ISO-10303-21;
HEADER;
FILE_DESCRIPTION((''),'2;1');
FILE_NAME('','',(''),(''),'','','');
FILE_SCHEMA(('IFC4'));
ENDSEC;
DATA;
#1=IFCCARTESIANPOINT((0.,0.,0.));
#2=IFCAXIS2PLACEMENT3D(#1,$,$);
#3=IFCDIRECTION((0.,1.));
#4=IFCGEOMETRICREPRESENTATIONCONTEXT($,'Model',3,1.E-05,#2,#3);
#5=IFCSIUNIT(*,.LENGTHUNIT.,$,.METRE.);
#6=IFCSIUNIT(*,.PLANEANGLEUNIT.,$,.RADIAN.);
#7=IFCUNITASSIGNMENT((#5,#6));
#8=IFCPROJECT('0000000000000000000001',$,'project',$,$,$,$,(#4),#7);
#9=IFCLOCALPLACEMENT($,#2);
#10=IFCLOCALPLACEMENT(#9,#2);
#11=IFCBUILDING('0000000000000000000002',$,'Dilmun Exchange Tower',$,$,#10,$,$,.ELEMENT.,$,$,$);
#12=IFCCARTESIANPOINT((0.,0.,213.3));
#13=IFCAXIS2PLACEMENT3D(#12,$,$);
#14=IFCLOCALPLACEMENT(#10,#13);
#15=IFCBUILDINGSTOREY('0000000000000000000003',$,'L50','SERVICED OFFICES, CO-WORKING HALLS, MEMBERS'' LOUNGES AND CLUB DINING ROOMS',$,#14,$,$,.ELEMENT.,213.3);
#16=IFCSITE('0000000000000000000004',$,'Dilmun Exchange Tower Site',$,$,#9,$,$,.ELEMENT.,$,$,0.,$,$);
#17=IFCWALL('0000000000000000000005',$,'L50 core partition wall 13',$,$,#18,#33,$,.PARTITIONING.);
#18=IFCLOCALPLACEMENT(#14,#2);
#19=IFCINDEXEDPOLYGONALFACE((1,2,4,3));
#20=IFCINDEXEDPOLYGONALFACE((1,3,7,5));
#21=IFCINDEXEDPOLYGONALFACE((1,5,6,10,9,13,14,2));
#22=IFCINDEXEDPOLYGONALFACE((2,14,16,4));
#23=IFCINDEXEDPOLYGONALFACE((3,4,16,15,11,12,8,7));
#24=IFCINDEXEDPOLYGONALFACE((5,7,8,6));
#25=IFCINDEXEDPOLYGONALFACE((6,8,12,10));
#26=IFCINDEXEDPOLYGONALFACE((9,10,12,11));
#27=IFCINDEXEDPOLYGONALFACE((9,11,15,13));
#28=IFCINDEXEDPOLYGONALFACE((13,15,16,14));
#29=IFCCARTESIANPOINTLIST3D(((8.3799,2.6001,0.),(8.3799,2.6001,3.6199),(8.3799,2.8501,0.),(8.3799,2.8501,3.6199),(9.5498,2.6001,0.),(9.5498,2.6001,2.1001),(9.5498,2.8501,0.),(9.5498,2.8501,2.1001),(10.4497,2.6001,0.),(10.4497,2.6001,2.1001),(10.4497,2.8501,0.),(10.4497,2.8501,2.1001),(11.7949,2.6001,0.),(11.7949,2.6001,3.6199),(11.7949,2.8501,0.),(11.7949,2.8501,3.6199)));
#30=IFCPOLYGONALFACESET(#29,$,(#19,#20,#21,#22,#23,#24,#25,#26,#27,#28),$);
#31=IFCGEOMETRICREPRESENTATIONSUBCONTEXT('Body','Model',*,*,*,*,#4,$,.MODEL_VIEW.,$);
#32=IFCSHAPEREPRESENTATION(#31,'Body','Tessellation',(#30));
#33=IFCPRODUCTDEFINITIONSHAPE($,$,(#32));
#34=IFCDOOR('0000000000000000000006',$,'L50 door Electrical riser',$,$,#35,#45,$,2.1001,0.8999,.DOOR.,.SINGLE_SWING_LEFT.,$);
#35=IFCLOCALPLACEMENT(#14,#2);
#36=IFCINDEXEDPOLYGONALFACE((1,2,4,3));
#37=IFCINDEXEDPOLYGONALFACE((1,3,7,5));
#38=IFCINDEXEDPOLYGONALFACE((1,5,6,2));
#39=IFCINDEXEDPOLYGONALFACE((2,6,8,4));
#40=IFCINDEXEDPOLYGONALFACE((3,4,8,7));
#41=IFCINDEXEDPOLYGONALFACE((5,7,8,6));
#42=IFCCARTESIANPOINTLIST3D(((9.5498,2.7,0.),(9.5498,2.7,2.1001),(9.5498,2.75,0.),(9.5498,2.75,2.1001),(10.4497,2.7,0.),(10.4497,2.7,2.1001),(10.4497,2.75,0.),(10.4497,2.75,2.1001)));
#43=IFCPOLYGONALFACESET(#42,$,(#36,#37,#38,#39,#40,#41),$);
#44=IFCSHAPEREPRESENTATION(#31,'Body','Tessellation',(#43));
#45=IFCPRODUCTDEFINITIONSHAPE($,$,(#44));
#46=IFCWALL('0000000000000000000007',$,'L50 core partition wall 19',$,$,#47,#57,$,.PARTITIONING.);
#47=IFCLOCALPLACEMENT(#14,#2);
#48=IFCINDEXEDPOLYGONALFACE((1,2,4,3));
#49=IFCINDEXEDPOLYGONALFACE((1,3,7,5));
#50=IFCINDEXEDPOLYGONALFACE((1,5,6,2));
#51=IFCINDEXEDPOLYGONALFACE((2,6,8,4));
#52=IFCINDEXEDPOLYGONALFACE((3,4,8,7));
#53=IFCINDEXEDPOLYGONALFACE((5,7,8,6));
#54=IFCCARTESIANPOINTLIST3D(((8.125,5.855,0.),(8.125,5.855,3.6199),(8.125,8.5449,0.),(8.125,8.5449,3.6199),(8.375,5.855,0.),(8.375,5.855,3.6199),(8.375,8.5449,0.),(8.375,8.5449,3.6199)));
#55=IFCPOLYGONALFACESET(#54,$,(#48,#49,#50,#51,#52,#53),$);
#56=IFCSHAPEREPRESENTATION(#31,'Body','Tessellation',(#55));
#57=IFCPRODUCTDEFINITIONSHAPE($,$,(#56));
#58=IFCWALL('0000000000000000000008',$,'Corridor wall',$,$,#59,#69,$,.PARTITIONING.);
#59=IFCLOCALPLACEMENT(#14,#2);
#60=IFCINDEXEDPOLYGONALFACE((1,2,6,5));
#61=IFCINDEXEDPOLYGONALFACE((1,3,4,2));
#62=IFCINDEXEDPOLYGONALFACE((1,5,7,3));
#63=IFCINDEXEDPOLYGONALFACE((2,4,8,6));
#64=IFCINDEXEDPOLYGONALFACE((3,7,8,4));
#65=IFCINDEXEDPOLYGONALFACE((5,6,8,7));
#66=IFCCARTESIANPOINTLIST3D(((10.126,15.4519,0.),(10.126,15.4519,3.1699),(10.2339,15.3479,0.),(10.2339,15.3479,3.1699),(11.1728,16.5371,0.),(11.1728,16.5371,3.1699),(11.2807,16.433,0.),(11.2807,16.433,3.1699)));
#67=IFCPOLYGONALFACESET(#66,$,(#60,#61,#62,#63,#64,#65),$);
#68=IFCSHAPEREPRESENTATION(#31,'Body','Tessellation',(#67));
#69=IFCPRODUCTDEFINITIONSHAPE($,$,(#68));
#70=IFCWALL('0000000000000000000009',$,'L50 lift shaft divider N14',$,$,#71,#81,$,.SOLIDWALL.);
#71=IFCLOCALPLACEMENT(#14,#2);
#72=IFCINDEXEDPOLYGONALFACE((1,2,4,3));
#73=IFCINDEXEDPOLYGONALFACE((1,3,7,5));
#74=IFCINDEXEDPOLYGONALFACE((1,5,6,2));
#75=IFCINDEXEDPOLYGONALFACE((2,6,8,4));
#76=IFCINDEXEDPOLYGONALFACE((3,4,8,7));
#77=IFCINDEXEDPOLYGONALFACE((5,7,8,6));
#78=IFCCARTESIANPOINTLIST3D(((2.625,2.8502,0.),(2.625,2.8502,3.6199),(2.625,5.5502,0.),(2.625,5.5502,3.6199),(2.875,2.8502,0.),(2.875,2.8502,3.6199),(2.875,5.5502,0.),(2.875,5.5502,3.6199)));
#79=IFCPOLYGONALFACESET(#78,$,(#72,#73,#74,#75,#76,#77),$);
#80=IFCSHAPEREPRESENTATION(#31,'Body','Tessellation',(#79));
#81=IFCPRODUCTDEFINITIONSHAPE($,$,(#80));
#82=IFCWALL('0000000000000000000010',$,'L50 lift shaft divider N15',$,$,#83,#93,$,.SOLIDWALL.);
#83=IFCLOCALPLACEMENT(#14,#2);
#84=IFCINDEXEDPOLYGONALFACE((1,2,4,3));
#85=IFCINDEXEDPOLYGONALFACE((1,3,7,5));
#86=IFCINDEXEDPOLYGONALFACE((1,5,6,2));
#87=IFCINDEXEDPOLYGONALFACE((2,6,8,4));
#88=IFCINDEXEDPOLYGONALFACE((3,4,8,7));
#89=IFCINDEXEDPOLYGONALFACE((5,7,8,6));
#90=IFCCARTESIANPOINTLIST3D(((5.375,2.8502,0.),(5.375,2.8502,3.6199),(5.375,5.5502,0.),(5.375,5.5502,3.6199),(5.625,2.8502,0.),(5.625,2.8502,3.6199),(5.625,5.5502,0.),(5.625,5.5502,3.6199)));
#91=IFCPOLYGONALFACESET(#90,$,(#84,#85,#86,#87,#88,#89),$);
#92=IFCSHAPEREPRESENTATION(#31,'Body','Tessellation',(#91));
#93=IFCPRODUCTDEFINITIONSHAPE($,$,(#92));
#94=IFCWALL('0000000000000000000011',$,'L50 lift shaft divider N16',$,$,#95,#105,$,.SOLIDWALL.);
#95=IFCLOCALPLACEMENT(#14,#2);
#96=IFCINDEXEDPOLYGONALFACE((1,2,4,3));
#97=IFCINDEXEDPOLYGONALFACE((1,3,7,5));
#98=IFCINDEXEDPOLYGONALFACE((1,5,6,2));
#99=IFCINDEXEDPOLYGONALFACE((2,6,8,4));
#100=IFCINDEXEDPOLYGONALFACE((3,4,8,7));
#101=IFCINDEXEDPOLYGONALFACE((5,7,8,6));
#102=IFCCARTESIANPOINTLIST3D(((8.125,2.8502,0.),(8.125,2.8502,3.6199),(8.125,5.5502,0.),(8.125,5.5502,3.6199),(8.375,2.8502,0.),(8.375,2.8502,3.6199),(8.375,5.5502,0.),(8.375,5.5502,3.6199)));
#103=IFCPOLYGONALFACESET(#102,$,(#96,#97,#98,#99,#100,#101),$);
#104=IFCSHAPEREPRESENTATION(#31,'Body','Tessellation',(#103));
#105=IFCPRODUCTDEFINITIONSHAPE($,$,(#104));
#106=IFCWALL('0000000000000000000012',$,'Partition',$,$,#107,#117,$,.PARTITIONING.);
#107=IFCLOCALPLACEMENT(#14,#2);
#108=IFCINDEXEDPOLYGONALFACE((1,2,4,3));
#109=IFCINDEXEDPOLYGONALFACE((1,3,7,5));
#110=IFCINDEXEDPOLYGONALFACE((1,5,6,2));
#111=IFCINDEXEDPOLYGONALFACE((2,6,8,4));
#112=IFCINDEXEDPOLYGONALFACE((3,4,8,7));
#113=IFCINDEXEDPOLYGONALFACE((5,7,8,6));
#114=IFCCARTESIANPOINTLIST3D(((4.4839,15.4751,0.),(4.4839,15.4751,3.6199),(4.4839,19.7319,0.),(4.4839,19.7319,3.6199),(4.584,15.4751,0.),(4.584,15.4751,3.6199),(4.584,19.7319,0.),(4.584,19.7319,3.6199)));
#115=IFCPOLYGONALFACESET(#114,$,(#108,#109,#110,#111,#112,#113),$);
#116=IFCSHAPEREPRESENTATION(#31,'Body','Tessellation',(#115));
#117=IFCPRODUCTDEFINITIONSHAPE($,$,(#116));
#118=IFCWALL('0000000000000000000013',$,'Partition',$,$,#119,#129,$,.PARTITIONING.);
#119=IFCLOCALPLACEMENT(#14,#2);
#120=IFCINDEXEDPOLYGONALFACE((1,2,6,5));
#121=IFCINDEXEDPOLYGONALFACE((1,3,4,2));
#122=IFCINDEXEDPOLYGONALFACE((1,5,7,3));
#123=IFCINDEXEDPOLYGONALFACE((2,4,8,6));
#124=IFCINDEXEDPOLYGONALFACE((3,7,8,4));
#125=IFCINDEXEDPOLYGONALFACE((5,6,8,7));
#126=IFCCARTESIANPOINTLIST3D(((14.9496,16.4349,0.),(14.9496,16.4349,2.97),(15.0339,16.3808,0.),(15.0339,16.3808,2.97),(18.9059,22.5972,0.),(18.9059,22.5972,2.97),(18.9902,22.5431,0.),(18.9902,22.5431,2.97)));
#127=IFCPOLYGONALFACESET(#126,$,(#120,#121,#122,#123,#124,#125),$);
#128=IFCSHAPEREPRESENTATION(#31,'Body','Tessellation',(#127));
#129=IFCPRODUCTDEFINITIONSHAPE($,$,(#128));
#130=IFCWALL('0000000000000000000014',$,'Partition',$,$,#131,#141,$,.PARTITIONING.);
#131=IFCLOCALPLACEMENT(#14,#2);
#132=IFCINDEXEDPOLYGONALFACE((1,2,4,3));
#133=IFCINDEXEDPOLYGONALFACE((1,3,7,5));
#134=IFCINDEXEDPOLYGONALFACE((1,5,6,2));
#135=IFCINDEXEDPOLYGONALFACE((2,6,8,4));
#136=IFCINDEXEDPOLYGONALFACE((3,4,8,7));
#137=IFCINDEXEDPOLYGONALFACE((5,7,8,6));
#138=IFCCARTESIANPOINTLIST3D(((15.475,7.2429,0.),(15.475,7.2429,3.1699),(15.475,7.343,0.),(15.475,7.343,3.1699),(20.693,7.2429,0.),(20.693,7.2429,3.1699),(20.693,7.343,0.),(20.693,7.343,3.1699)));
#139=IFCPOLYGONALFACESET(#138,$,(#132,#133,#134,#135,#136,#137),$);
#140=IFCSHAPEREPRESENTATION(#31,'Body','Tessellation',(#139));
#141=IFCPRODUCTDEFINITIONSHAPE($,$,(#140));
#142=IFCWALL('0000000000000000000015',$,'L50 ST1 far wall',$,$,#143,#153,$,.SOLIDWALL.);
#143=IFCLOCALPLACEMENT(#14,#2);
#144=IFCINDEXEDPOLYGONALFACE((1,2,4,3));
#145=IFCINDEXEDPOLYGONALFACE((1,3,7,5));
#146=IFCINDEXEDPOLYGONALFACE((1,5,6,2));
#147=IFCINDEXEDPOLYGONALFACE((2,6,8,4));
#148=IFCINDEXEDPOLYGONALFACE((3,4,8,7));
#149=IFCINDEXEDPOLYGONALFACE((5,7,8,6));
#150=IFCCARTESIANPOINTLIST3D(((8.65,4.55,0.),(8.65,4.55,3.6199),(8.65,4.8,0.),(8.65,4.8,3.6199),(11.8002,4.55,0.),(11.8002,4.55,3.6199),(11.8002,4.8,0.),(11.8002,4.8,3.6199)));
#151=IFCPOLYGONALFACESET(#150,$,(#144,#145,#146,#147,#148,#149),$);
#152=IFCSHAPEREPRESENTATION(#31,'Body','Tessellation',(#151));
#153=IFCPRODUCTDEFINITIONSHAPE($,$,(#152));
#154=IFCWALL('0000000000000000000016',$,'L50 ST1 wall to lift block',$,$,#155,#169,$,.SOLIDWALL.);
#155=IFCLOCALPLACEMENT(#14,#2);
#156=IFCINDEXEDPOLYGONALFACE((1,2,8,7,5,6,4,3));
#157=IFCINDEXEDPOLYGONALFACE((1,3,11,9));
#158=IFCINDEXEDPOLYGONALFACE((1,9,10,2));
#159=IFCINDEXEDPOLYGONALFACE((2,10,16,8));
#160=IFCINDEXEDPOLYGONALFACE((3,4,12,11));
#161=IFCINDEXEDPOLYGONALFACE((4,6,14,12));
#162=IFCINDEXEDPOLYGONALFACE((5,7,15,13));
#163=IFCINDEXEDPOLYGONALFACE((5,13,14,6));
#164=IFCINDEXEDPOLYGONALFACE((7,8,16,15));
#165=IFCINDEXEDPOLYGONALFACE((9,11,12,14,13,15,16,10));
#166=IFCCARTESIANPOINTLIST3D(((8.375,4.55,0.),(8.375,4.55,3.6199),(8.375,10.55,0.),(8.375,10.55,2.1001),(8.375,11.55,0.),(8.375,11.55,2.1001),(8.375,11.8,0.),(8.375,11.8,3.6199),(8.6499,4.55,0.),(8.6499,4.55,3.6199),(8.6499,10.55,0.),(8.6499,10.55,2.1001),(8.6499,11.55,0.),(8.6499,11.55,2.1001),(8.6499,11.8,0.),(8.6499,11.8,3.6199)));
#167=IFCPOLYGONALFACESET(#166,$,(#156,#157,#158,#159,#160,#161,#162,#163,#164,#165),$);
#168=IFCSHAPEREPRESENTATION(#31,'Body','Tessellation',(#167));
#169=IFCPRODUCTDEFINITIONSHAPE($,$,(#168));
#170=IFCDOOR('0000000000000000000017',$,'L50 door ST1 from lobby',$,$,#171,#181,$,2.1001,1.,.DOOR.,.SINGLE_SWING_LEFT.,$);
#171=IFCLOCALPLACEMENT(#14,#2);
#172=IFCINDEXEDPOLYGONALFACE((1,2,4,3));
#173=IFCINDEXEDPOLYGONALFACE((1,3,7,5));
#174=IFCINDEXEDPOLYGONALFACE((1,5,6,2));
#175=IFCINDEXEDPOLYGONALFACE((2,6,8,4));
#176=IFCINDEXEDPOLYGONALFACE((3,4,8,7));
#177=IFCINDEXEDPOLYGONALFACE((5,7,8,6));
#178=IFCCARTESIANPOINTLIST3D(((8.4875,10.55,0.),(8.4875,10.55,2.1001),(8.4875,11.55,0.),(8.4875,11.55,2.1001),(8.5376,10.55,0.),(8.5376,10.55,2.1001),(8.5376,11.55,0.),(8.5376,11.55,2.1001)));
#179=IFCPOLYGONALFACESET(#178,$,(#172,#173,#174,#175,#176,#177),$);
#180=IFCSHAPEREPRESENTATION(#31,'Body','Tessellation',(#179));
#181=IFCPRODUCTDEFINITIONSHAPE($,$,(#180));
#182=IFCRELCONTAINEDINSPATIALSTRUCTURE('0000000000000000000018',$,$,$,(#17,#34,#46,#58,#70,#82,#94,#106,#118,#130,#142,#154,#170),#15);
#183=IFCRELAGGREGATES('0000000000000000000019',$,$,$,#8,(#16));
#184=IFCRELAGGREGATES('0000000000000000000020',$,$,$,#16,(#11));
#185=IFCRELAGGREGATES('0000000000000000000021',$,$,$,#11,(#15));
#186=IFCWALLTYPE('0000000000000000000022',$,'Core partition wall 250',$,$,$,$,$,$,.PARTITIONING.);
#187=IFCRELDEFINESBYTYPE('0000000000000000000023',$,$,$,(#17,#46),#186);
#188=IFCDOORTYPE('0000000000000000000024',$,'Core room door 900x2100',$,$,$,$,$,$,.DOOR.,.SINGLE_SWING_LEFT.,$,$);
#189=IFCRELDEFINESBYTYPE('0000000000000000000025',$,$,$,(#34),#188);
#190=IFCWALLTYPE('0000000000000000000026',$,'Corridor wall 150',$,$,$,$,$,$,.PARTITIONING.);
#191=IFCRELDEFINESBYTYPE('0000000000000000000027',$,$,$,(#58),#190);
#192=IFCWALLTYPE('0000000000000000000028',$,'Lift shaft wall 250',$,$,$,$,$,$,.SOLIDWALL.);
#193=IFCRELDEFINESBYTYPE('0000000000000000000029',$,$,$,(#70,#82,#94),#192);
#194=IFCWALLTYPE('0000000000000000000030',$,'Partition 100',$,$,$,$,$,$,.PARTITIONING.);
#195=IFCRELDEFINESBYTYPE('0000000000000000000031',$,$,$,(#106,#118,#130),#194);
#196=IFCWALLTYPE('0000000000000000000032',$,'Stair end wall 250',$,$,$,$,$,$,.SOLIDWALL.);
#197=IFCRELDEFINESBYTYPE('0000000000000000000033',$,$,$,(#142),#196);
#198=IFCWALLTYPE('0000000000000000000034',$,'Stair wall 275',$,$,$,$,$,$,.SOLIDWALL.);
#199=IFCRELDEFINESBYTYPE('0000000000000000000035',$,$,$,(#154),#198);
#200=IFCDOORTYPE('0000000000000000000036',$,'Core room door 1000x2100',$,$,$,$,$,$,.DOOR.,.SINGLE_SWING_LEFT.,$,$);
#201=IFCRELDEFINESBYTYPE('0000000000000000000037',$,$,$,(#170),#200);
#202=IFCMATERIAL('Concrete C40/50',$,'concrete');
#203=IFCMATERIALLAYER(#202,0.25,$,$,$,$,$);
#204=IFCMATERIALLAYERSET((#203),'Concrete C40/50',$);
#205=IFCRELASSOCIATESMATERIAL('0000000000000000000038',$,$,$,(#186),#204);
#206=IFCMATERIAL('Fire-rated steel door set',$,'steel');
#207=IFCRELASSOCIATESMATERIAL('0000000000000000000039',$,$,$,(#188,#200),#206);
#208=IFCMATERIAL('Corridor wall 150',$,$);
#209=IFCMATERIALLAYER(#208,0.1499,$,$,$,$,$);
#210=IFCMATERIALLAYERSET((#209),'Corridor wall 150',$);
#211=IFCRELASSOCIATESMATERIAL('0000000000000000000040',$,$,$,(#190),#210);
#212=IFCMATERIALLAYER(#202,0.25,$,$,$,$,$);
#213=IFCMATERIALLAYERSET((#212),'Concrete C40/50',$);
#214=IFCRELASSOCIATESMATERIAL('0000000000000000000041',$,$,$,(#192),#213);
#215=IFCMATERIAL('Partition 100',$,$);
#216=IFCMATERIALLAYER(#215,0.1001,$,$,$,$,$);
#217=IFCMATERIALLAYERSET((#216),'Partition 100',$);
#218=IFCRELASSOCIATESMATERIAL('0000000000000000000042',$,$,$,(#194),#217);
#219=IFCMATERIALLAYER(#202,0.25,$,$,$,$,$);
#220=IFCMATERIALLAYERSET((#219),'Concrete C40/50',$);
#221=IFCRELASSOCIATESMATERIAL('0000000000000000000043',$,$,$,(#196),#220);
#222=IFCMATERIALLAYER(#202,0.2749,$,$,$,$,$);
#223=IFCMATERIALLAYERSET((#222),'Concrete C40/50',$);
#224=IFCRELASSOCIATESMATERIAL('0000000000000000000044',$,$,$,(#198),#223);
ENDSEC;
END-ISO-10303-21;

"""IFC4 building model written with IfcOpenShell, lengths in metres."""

from ifc_helpers import new_model, si_unit, direction, frame, frame_2d, origin, place, context, subcontext, project, spatial, rectangle, extrude, material, layer, layer_set, type_object, element, fill, save


model = new_model("IFC4")

# Units and contexts
model_context = context("Model", 3, precision=1e-05, world=origin(), true_north=direction((0.0, 1.0)))
body_context = subcontext(model_context, "Body", "Model", "MODEL_VIEW")
ifc_project = project(units=[si_unit("LENGTHUNIT", "METRE"), si_unit("PLANEANGLEUNIT", "RADIAN")], contexts=[model_context])

# Site, building, storey
site_placement = place(None, origin())
site = spatial("IfcSite", under=ifc_project, at=site_placement, Name="Dilmun Exchange Tower Site", CompositionType="ELEMENT", RefElevation=0.0)
building_placement = place(site_placement, origin())
building = spatial("IfcBuilding", under=site, at=building_placement, Name="Dilmun Exchange Tower", CompositionType="ELEMENT")
storey_placement = place(building_placement, frame((0.0, 0.0, 213.3)))
storey = spatial("IfcBuildingStorey", under=building, at=storey_placement, Name="L50", Description="SERVICED OFFICES, CO-WORKING HALLS, MEMBERS' LOUNGES AND CLUB DINING ROOMS", CompositionType="ELEMENT", Elevation=213.3)

# Wall, opening, door
ifc_material_1 = material(Name="Concrete C40/50", Category="concrete")
ifc_layer_1 = layer(ifc_material_1, 0.25)
ifc_layer_set_1 = layer_set([ifc_layer_1], Name="Concrete C40/50")
wall_type_1 = type_object("IfcWallType", Name="Core partition wall 250", PredefinedType="PARTITIONING", material=ifc_layer_set_1)
wall_1_placement = place(storey_placement, frame((8.3799, 2.7251, 0.0), z_axis=(0.0, 0.0, 1.0), x_axis=(1.0, 0.0, 0.0)))
wall_1 = element("IfcWall", 1, at=wall_1_placement, inside=storey, type_object=wall_type_1, Name="L50 core partition wall 13", PredefinedType="PARTITIONING", context=body_context, shape_type="SweptSolid", body=[
    extrude(rectangle(XDim=3.415, YDim=0.25, at=frame_2d((1.7075, 0.0))), origin(), (0.0, 0.0, 1.0), 3.6199),
])
opening_1_placement = place(wall_1_placement, frame((1.1699, 0.0, 0.0)))
opening_1 = element("IfcOpeningElement", 2, at=opening_1_placement, cuts=wall_1, PredefinedType="OPENING", context=body_context, shape_type="SweptSolid", body=[
    extrude(rectangle(XDim=0.8999, YDim=2.1001, at=frame_2d((0.45, 1.05))), frame((0.0, 0.135, 0.0), z_axis=(0.0, -1.0, 0.0), x_axis=(1.0, 0.0, 0.0)), (0.0, 0.0, 1.0), 0.27),
])
ifc_material_2 = material(Name="Fire-rated steel door set", Category="steel")
door_type_1 = type_object("IfcDoorType", Name="Core room door 900x2100", OperationType="SINGLE_SWING_LEFT", PredefinedType="DOOR", material=ifc_material_2)
door_1_placement = place(opening_1_placement, origin())
door_1 = element("IfcDoor", 3, at=door_1_placement, inside=storey, type_object=door_type_1, Name="L50 door Electrical riser", OperationType="SINGLE_SWING_LEFT", OverallHeight=2.1001, OverallWidth=0.8999, PredefinedType="DOOR", context=body_context, shape_type="SweptSolid", body=[
    extrude(rectangle(XDim=0.8999, YDim=2.1001, at=frame_2d((0.45, 1.05))), frame((0.0, 0.0249, 0.0), z_axis=(0.0, -1.0, 0.0), x_axis=(1.0, 0.0, 0.0)), (0.0, 0.0, 1.0), 0.05),
])
fill(opening_1, door_1)

# Walls
wall_2_placement = place(storey_placement, frame((8.25, 5.855, 0.0), z_axis=(0.0, 0.0, 1.0), x_axis=(0.0, 1.0, 0.0)))
element("IfcWall", 4, at=wall_2_placement, inside=storey, type_object=wall_type_1, Name="L50 core partition wall 19", PredefinedType="PARTITIONING", context=body_context, shape_type="SweptSolid", body=[
    extrude(rectangle(XDim=2.6899, YDim=0.25, at=frame_2d((1.345, 0.0))), origin(), (0.0, 0.0, 1.0), 3.6199),
])
ifc_material_3 = material(Name="Corridor wall 150")
ifc_layer_2 = layer(ifc_material_3, 0.1499)
ifc_layer_set_2 = layer_set([ifc_layer_2], Name="Corridor wall 150")
wall_type_2 = type_object("IfcWallType", Name="Corridor wall 150", PredefinedType="PARTITIONING", material=ifc_layer_set_2)
wall_3_placement = place(storey_placement, frame((10.1799, 15.3999, 0.0), z_axis=(0.0, 0.0, 1.0), x_axis=(0.694282, 0.719703, 0.0)))
element("IfcWall", 5, at=wall_3_placement, inside=storey, type_object=wall_type_2, Name="Corridor wall", PredefinedType="PARTITIONING", context=body_context, shape_type="SweptSolid", body=[
    extrude(rectangle(XDim=1.5078, YDim=0.1499, at=frame_2d((0.7539, 0.0))), origin(), (0.0, 0.0, 1.0), 3.1699),
])
ifc_layer_3 = layer(ifc_material_1, 0.25)
ifc_layer_set_3 = layer_set([ifc_layer_3], Name="Concrete C40/50")
wall_type_3 = type_object("IfcWallType", Name="Lift shaft wall 250", PredefinedType="SOLIDWALL", material=ifc_layer_set_3)
for number, where, z_axis, x_axis, name in (
    (6, (2.75, 2.8501, 0.0), (0.0, 0.0, 1.0), (0.0, 1.0, 0.0), "L50 lift shaft divider N14"),
    (7, (5.5, 2.8501, 0.0), (0.0, 0.0, 1.0), (0.0, 1.0, 0.0), "L50 lift shaft divider N15"),
    (8, (8.25, 2.8501, 0.0), (0.0, 0.0, 1.0), (0.0, 1.0, 0.0), "L50 lift shaft divider N16"),
):
    element("IfcWall", number, at=place(storey_placement, frame(where, z_axis=z_axis, x_axis=x_axis)), inside=storey, type_object=wall_type_3, Name=name, PredefinedType="SOLIDWALL", context=body_context, shape_type="SweptSolid", body=[
        extrude(rectangle(XDim=2.7, YDim=0.25, at=frame_2d((1.3501, 0.0))), origin(), (0.0, 0.0, 1.0), 3.6199),
    ])
ifc_material_4 = material(Name="Partition 100")
ifc_layer_4 = layer(ifc_material_4, 0.1001)
ifc_layer_set_4 = layer_set([ifc_layer_4], Name="Partition 100")
wall_type_4 = type_object("IfcWallType", Name="Partition 100", PredefinedType="PARTITIONING", material=ifc_layer_set_4)
wall_4_placement = place(storey_placement, frame((4.5339, 15.4751, 0.0), z_axis=(0.0, 0.0, 1.0), x_axis=(0.0, 1.0, 0.0)))
element("IfcWall", 9, at=wall_4_placement, inside=storey, type_object=wall_type_4, Name="Partition", PredefinedType="PARTITIONING", context=body_context, shape_type="SweptSolid", body=[
    extrude(rectangle(XDim=4.2568, YDim=0.1001, at=frame_2d((2.1284, 0.0))), origin(), (0.0, 0.0, 1.0), 3.6199),
])
wall_5_placement = place(storey_placement, frame((14.9917, 16.4077, 0.0), z_axis=(0.0, 0.0, 1.0), x_axis=(0.540254, 0.841502, 0.0)))
element("IfcWall", 10, at=wall_5_placement, inside=storey, type_object=wall_type_4, Name="Partition", PredefinedType="PARTITIONING", context=body_context, shape_type="SweptSolid", body=[
    extrude(rectangle(XDim=7.323, YDim=0.1001, at=frame_2d((3.6616, 0.0))), origin(), (0.0, 0.0, 1.0), 2.97),
])
wall_6_placement = place(storey_placement, frame((15.4751, 7.293, 0.0), z_axis=(0.0, 0.0, 1.0), x_axis=(1.0, 0.0, 0.0)))
element("IfcWall", 11, at=wall_6_placement, inside=storey, type_object=wall_type_4, Name="Partition", PredefinedType="PARTITIONING", context=body_context, shape_type="SweptSolid", body=[
    extrude(rectangle(XDim=5.218, YDim=0.1001, at=frame_2d((2.6089, 0.0))), origin(), (0.0, 0.0, 1.0), 3.1699),
])
ifc_layer_5 = layer(ifc_material_1, 0.25)
ifc_layer_set_5 = layer_set([ifc_layer_5], Name="Concrete C40/50")
wall_type_5 = type_object("IfcWallType", Name="Stair end wall 250", PredefinedType="SOLIDWALL", material=ifc_layer_set_5)
wall_7_placement = place(storey_placement, frame((8.6499, 4.675, 0.0), z_axis=(0.0, 0.0, 1.0), x_axis=(1.0, 0.0, 0.0)))
element("IfcWall", 12, at=wall_7_placement, inside=storey, type_object=wall_type_5, Name="L50 ST1 far wall", PredefinedType="SOLIDWALL", context=body_context, shape_type="SweptSolid", body=[
    extrude(rectangle(XDim=3.1501, YDim=0.25, at=frame_2d((1.5752, 0.0))), origin(), (0.0, 0.0, 1.0), 3.6199),
])

# Wall, opening, door
ifc_layer_6 = layer(ifc_material_1, 0.2749)
ifc_layer_set_6 = layer_set([ifc_layer_6], Name="Concrete C40/50")
wall_type_6 = type_object("IfcWallType", Name="Stair wall 275", PredefinedType="SOLIDWALL", material=ifc_layer_set_6)
wall_8_placement = place(storey_placement, frame((8.5125, 4.55, 0.0), z_axis=(0.0, 0.0, 1.0), x_axis=(0.0, 1.0, 0.0)))
wall_8 = element("IfcWall", 13, at=wall_8_placement, inside=storey, type_object=wall_type_6, Name="L50 ST1 wall to lift block", PredefinedType="SOLIDWALL", context=body_context, shape_type="SweptSolid", body=[
    extrude(rectangle(XDim=7.25, YDim=0.2749, at=frame_2d((3.625, 0.0))), origin(), (0.0, 0.0, 1.0), 3.6199),
])
opening_2_placement = place(wall_8_placement, frame((6.0, 0.0, 0.0)))
opening_2 = element("IfcOpeningElement", 14, at=opening_2_placement, cuts=wall_8, PredefinedType="OPENING", context=body_context, shape_type="SweptSolid", body=[
    extrude(rectangle(XDim=1.0, YDim=2.1001, at=frame_2d((0.5, 1.05))), frame((0.0, 0.1475, 0.0), z_axis=(0.0, -1.0, 0.0), x_axis=(1.0, 0.0, 0.0)), (0.0, 0.0, 1.0), 0.2949),
])
door_type_2 = type_object("IfcDoorType", Name="Core room door 1000x2100", OperationType="SINGLE_SWING_LEFT", PredefinedType="DOOR", material=ifc_material_2)
door_2_placement = place(opening_2_placement, origin())
door_2 = element("IfcDoor", 15, at=door_2_placement, inside=storey, type_object=door_type_2, Name="L50 door ST1 from lobby", OperationType="SINGLE_SWING_LEFT", OverallHeight=2.1001, OverallWidth=1.0, PredefinedType="DOOR", context=body_context, shape_type="SweptSolid", body=[
    extrude(rectangle(XDim=1.0, YDim=2.1001, at=frame_2d((0.5, 1.05))), frame((0.0, 0.0249, 0.0), z_axis=(0.0, -1.0, 0.0), x_axis=(1.0, 0.0, 0.0)), (0.0, 0.0, 1.0), 0.05),
])
fill(opening_2, door_2)

save(model, "model.ifc")
